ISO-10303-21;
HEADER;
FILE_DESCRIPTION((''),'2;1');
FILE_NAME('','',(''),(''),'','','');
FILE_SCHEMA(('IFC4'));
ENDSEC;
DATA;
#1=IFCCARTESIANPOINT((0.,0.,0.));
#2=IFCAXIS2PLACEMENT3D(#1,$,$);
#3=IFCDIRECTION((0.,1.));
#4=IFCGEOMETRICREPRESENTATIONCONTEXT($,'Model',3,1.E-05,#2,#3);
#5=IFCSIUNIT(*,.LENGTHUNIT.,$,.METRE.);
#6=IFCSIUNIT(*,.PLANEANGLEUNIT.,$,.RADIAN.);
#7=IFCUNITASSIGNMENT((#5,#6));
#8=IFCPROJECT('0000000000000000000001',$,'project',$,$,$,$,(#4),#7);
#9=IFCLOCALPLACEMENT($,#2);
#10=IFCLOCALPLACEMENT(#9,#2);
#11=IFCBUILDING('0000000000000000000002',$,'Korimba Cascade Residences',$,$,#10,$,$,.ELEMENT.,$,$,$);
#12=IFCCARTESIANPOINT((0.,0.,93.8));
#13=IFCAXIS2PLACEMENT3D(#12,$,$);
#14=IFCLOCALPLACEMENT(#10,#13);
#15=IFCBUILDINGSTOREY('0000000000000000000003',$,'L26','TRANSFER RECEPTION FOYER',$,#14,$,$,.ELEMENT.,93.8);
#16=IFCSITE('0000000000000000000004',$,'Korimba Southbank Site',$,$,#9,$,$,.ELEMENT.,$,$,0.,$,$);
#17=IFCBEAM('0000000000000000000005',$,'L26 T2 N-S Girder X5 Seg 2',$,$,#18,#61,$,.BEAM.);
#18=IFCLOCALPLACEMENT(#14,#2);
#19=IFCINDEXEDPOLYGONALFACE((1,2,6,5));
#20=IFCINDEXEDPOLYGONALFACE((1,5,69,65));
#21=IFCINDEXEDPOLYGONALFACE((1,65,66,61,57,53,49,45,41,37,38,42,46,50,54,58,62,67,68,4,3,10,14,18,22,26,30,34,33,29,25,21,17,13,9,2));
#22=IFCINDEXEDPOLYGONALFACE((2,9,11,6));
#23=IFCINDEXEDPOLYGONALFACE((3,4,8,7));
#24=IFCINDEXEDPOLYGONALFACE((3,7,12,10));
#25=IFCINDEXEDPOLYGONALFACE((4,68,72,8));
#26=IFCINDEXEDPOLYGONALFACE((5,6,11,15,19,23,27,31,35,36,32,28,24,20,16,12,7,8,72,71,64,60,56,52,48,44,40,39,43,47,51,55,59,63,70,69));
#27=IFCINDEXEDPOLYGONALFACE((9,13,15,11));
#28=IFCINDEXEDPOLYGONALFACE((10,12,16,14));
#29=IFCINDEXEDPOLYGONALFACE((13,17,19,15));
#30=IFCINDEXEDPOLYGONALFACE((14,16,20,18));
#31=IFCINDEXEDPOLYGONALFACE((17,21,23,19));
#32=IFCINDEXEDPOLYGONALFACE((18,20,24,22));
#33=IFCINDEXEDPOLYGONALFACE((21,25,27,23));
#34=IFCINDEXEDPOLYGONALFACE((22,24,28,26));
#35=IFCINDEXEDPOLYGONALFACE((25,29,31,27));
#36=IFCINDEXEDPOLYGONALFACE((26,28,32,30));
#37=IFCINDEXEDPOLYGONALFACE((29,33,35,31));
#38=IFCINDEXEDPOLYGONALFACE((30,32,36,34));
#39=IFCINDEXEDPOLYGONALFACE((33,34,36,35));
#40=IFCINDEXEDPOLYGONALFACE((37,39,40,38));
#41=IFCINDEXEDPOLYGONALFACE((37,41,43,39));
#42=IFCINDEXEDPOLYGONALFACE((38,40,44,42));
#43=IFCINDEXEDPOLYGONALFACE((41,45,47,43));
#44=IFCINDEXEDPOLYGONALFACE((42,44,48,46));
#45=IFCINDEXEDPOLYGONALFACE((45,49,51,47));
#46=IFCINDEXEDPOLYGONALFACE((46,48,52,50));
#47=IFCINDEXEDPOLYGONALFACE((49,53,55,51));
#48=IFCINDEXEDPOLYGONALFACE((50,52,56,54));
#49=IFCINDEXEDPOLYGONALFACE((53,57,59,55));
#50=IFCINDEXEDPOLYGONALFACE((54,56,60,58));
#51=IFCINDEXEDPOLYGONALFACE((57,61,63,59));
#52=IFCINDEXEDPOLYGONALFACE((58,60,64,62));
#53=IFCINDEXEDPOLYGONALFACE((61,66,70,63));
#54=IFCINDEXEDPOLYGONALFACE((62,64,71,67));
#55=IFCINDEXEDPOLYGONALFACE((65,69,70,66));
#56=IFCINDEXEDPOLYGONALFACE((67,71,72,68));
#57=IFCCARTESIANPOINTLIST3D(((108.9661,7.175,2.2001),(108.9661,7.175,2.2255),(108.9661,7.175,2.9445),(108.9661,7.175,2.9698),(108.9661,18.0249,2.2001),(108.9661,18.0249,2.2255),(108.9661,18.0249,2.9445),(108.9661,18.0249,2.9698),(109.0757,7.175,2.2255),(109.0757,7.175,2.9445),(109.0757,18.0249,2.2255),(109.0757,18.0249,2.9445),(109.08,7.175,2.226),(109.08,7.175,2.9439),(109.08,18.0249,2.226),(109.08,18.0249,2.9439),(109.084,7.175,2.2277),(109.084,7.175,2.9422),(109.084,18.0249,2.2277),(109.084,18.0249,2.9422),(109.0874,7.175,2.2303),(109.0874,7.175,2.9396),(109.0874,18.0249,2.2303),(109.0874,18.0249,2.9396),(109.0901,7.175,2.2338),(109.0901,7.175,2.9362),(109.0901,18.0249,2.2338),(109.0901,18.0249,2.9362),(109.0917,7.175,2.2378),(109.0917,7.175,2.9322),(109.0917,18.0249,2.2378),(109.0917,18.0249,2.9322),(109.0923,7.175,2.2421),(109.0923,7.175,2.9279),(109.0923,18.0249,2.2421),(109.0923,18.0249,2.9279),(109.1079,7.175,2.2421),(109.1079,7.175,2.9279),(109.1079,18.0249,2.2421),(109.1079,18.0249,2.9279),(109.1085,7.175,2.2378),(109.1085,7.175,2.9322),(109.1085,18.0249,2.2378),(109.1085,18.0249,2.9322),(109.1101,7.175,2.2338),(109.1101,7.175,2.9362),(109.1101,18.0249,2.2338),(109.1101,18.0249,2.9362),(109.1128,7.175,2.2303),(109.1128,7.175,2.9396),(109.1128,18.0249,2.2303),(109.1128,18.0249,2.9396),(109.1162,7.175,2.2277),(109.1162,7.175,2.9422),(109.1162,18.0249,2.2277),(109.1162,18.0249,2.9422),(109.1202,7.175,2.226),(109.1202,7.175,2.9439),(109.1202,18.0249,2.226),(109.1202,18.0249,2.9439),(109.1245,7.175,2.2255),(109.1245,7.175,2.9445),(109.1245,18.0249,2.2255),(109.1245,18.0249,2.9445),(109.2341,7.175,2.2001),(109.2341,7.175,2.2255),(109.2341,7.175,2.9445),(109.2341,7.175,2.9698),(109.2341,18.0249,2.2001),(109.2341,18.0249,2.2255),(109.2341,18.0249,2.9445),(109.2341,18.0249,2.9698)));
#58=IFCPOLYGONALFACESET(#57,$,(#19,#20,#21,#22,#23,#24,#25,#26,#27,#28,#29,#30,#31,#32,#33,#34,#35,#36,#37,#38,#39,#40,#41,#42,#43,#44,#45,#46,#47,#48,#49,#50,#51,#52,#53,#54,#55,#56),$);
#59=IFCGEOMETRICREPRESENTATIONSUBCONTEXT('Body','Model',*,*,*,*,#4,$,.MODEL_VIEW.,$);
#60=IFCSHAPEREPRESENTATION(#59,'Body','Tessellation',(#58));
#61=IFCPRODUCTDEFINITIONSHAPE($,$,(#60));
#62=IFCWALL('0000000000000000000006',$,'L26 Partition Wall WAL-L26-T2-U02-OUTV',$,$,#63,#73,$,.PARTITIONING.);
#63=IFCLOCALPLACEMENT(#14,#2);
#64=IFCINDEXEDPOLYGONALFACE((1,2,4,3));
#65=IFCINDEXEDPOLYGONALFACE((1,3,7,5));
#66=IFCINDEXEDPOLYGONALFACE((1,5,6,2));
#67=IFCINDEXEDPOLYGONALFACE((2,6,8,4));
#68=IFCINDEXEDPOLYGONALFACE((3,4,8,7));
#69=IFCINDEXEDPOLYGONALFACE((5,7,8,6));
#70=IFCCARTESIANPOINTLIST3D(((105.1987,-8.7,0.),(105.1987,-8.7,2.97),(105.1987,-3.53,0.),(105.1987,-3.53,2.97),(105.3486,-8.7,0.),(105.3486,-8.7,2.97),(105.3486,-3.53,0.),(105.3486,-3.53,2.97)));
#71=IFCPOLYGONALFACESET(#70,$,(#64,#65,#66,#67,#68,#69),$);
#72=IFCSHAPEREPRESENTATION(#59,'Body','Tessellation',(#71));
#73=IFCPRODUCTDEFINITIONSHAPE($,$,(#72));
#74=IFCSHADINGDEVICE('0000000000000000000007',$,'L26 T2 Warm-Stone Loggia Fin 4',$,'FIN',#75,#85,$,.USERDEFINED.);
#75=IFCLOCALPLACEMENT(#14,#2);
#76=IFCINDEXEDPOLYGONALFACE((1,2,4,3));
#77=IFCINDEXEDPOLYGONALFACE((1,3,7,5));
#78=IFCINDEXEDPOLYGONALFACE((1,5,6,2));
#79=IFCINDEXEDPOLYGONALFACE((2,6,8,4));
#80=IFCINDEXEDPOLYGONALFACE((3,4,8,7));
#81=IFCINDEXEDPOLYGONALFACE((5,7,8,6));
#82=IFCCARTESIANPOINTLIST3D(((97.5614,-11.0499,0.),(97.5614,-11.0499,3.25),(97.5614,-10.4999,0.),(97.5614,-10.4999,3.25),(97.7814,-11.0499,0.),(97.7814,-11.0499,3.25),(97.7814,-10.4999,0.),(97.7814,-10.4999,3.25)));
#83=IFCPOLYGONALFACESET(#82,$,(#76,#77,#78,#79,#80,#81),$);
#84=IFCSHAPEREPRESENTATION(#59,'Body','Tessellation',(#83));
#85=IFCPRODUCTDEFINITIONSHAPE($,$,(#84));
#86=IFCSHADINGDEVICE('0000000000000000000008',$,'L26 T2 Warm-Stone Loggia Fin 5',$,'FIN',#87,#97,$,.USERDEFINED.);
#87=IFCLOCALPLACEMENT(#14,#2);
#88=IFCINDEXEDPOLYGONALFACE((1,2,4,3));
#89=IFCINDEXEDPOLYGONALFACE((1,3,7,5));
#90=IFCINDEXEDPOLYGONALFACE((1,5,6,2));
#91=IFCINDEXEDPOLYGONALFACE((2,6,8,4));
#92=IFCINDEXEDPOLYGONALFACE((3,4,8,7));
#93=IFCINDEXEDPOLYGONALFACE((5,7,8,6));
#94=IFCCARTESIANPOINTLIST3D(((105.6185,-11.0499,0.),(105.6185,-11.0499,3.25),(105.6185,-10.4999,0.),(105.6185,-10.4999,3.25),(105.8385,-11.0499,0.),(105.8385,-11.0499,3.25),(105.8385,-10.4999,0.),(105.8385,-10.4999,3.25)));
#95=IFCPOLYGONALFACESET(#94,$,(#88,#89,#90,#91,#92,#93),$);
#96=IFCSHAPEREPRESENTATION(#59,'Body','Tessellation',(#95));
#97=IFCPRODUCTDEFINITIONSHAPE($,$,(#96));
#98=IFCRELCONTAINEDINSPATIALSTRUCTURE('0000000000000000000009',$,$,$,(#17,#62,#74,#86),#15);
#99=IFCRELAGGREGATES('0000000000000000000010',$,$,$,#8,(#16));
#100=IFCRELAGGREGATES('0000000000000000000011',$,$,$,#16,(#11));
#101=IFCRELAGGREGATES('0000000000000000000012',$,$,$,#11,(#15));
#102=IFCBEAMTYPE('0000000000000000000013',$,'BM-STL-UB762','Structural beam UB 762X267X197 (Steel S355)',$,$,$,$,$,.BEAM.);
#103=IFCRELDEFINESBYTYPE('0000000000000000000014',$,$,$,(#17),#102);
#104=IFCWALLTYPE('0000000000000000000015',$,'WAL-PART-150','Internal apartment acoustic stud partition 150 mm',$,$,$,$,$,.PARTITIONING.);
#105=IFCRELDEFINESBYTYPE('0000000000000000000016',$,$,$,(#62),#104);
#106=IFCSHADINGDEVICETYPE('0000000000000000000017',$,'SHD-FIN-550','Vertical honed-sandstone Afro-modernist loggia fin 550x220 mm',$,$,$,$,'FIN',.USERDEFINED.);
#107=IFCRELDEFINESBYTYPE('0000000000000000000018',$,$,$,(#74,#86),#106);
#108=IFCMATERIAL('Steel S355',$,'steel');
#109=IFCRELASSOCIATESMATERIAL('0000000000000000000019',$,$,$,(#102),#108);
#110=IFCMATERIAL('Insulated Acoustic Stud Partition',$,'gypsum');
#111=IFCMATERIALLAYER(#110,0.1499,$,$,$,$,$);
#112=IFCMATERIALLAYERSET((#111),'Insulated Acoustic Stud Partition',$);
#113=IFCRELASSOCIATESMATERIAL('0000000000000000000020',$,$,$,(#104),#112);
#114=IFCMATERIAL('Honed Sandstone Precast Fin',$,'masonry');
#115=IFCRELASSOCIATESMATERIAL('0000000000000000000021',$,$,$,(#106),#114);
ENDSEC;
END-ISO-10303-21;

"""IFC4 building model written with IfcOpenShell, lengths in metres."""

from ifc_helpers import new_model, si_unit, direction, frame, frame_2d, origin, origin_2d, place, context, subcontext, project, spatial, rectangle, i_section, extrude, material, layer, layer_set, material_profile, profile_set, type_object, element, save


model = new_model("IFC4")

# Units and contexts
model_context = context("Model", 3, precision=1e-05, world=origin(), true_north=direction((0.0, 1.0)))
body_context = subcontext(model_context, "Body", "Model", "MODEL_VIEW")
ifc_project = project(units=[si_unit("LENGTHUNIT", "METRE"), si_unit("PLANEANGLEUNIT", "RADIAN")], contexts=[model_context])

# Site, building, storey
site_placement = place(None, origin())
site = spatial("IfcSite", under=ifc_project, at=site_placement, Name="Korimba Southbank Site", CompositionType="ELEMENT", RefElevation=0.0)
building_placement = place(site_placement, origin())
building = spatial("IfcBuilding", under=site, at=building_placement, Name="Korimba Cascade Residences", CompositionType="ELEMENT")
storey_placement = place(building_placement, frame((0.0, 0.0, 93.8)))
storey = spatial("IfcBuildingStorey", under=building, at=storey_placement, Name="L26", Description="TRANSFER RECEPTION FOYER", CompositionType="ELEMENT", Elevation=93.8)

# Beam
ifc_material_1 = material(Name="Steel S355", Category="steel")
ifc_material_profile_1 = material_profile(ifc_material_1, i_section(OverallWidth=0.2681, OverallDepth=0.7698, WebThickness=0.0156, FlangeThickness=0.0254, FilletRadius=0.0166, at=origin_2d()), Name="Steel S355")
ifc_profile_set_1 = profile_set([ifc_material_profile_1], Name="Steel S355")
beam_type_1 = type_object("IfcBeamType", Name="BM-STL-UB762", Description="Structural beam UB 762X267X197 (Steel S355)", PredefinedType="BEAM", material=ifc_profile_set_1)
beam_1_placement = place(storey_placement, frame((109.1001, 7.175, 2.585), z_axis=(0.0, 1.0, 0.0), x_axis=(-1.0, 0.0, 0.0)))
element("IfcBeam", 1, at=beam_1_placement, inside=storey, type_object=beam_type_1, Name="L26 T2 N-S Girder X5 Seg 2", PredefinedType="BEAM", context=body_context, shape_type="SweptSolid", body=[
    extrude(i_section(OverallWidth=0.2681, OverallDepth=0.7698, WebThickness=0.0156, FlangeThickness=0.0254, FilletRadius=0.0166, at=origin_2d()), origin(), (0.0, 0.0, 1.0), 10.8499),
])

# Wall
ifc_material_2 = material(Name="Insulated Acoustic Stud Partition", Category="gypsum")
ifc_layer = layer(ifc_material_2, 0.1499)
ifc_layer_set = layer_set([ifc_layer], Name="Insulated Acoustic Stud Partition")
wall_type = type_object("IfcWallType", Name="WAL-PART-150", Description="Internal apartment acoustic stud partition 150 mm", PredefinedType="PARTITIONING", material=ifc_layer_set)
wall_placement = place(storey_placement, frame((105.2737, -8.7, 0.0), z_axis=(0.0, 0.0, 1.0), x_axis=(0.0, 1.0, 0.0)))
element("IfcWall", 2, at=wall_placement, inside=storey, type_object=wall_type, Name="L26 Partition Wall WAL-L26-T2-U02-OUTV", PredefinedType="PARTITIONING", context=body_context, shape_type="SweptSolid", body=[
    extrude(rectangle(XDim=5.1699, YDim=0.1499, at=frame_2d((2.585, 0.0))), origin(), (0.0, 0.0, 1.0), 2.97),
])

# Shading devices
ifc_material_3 = material(Name="Honed Sandstone Precast Fin", Category="masonry")
shading_device_type = type_object("IfcShadingDeviceType", Name="SHD-FIN-550", Description="Vertical honed-sandstone Afro-modernist loggia fin 550x220 mm", ElementType="FIN", PredefinedType="USERDEFINED", material=ifc_material_3)
for number, where, z_axis, x_axis, name in (
    (3, (97.6714, -10.7749, 0.0), (0.0, 0.0, 1.0), (1.0, 0.0, 0.0), "L26 T2 Warm-Stone Loggia Fin 4"),
    (4, (105.7285, -10.7749, 0.0), (0.0, 0.0, 1.0), (1.0, 0.0, 0.0), "L26 T2 Warm-Stone Loggia Fin 5"),
):
    element("IfcShadingDevice", number, at=place(storey_placement, frame(where, z_axis=z_axis, x_axis=x_axis)), inside=storey, type_object=shading_device_type, Name=name, ObjectType="FIN", PredefinedType="USERDEFINED", context=body_context, shape_type="SweptSolid", body=[
        extrude(rectangle(XDim=0.22, YDim=0.55, at=origin_2d()), origin(), (0.0, 0.0, 1.0), 3.25),
    ])

save(model, "model.ifc")
